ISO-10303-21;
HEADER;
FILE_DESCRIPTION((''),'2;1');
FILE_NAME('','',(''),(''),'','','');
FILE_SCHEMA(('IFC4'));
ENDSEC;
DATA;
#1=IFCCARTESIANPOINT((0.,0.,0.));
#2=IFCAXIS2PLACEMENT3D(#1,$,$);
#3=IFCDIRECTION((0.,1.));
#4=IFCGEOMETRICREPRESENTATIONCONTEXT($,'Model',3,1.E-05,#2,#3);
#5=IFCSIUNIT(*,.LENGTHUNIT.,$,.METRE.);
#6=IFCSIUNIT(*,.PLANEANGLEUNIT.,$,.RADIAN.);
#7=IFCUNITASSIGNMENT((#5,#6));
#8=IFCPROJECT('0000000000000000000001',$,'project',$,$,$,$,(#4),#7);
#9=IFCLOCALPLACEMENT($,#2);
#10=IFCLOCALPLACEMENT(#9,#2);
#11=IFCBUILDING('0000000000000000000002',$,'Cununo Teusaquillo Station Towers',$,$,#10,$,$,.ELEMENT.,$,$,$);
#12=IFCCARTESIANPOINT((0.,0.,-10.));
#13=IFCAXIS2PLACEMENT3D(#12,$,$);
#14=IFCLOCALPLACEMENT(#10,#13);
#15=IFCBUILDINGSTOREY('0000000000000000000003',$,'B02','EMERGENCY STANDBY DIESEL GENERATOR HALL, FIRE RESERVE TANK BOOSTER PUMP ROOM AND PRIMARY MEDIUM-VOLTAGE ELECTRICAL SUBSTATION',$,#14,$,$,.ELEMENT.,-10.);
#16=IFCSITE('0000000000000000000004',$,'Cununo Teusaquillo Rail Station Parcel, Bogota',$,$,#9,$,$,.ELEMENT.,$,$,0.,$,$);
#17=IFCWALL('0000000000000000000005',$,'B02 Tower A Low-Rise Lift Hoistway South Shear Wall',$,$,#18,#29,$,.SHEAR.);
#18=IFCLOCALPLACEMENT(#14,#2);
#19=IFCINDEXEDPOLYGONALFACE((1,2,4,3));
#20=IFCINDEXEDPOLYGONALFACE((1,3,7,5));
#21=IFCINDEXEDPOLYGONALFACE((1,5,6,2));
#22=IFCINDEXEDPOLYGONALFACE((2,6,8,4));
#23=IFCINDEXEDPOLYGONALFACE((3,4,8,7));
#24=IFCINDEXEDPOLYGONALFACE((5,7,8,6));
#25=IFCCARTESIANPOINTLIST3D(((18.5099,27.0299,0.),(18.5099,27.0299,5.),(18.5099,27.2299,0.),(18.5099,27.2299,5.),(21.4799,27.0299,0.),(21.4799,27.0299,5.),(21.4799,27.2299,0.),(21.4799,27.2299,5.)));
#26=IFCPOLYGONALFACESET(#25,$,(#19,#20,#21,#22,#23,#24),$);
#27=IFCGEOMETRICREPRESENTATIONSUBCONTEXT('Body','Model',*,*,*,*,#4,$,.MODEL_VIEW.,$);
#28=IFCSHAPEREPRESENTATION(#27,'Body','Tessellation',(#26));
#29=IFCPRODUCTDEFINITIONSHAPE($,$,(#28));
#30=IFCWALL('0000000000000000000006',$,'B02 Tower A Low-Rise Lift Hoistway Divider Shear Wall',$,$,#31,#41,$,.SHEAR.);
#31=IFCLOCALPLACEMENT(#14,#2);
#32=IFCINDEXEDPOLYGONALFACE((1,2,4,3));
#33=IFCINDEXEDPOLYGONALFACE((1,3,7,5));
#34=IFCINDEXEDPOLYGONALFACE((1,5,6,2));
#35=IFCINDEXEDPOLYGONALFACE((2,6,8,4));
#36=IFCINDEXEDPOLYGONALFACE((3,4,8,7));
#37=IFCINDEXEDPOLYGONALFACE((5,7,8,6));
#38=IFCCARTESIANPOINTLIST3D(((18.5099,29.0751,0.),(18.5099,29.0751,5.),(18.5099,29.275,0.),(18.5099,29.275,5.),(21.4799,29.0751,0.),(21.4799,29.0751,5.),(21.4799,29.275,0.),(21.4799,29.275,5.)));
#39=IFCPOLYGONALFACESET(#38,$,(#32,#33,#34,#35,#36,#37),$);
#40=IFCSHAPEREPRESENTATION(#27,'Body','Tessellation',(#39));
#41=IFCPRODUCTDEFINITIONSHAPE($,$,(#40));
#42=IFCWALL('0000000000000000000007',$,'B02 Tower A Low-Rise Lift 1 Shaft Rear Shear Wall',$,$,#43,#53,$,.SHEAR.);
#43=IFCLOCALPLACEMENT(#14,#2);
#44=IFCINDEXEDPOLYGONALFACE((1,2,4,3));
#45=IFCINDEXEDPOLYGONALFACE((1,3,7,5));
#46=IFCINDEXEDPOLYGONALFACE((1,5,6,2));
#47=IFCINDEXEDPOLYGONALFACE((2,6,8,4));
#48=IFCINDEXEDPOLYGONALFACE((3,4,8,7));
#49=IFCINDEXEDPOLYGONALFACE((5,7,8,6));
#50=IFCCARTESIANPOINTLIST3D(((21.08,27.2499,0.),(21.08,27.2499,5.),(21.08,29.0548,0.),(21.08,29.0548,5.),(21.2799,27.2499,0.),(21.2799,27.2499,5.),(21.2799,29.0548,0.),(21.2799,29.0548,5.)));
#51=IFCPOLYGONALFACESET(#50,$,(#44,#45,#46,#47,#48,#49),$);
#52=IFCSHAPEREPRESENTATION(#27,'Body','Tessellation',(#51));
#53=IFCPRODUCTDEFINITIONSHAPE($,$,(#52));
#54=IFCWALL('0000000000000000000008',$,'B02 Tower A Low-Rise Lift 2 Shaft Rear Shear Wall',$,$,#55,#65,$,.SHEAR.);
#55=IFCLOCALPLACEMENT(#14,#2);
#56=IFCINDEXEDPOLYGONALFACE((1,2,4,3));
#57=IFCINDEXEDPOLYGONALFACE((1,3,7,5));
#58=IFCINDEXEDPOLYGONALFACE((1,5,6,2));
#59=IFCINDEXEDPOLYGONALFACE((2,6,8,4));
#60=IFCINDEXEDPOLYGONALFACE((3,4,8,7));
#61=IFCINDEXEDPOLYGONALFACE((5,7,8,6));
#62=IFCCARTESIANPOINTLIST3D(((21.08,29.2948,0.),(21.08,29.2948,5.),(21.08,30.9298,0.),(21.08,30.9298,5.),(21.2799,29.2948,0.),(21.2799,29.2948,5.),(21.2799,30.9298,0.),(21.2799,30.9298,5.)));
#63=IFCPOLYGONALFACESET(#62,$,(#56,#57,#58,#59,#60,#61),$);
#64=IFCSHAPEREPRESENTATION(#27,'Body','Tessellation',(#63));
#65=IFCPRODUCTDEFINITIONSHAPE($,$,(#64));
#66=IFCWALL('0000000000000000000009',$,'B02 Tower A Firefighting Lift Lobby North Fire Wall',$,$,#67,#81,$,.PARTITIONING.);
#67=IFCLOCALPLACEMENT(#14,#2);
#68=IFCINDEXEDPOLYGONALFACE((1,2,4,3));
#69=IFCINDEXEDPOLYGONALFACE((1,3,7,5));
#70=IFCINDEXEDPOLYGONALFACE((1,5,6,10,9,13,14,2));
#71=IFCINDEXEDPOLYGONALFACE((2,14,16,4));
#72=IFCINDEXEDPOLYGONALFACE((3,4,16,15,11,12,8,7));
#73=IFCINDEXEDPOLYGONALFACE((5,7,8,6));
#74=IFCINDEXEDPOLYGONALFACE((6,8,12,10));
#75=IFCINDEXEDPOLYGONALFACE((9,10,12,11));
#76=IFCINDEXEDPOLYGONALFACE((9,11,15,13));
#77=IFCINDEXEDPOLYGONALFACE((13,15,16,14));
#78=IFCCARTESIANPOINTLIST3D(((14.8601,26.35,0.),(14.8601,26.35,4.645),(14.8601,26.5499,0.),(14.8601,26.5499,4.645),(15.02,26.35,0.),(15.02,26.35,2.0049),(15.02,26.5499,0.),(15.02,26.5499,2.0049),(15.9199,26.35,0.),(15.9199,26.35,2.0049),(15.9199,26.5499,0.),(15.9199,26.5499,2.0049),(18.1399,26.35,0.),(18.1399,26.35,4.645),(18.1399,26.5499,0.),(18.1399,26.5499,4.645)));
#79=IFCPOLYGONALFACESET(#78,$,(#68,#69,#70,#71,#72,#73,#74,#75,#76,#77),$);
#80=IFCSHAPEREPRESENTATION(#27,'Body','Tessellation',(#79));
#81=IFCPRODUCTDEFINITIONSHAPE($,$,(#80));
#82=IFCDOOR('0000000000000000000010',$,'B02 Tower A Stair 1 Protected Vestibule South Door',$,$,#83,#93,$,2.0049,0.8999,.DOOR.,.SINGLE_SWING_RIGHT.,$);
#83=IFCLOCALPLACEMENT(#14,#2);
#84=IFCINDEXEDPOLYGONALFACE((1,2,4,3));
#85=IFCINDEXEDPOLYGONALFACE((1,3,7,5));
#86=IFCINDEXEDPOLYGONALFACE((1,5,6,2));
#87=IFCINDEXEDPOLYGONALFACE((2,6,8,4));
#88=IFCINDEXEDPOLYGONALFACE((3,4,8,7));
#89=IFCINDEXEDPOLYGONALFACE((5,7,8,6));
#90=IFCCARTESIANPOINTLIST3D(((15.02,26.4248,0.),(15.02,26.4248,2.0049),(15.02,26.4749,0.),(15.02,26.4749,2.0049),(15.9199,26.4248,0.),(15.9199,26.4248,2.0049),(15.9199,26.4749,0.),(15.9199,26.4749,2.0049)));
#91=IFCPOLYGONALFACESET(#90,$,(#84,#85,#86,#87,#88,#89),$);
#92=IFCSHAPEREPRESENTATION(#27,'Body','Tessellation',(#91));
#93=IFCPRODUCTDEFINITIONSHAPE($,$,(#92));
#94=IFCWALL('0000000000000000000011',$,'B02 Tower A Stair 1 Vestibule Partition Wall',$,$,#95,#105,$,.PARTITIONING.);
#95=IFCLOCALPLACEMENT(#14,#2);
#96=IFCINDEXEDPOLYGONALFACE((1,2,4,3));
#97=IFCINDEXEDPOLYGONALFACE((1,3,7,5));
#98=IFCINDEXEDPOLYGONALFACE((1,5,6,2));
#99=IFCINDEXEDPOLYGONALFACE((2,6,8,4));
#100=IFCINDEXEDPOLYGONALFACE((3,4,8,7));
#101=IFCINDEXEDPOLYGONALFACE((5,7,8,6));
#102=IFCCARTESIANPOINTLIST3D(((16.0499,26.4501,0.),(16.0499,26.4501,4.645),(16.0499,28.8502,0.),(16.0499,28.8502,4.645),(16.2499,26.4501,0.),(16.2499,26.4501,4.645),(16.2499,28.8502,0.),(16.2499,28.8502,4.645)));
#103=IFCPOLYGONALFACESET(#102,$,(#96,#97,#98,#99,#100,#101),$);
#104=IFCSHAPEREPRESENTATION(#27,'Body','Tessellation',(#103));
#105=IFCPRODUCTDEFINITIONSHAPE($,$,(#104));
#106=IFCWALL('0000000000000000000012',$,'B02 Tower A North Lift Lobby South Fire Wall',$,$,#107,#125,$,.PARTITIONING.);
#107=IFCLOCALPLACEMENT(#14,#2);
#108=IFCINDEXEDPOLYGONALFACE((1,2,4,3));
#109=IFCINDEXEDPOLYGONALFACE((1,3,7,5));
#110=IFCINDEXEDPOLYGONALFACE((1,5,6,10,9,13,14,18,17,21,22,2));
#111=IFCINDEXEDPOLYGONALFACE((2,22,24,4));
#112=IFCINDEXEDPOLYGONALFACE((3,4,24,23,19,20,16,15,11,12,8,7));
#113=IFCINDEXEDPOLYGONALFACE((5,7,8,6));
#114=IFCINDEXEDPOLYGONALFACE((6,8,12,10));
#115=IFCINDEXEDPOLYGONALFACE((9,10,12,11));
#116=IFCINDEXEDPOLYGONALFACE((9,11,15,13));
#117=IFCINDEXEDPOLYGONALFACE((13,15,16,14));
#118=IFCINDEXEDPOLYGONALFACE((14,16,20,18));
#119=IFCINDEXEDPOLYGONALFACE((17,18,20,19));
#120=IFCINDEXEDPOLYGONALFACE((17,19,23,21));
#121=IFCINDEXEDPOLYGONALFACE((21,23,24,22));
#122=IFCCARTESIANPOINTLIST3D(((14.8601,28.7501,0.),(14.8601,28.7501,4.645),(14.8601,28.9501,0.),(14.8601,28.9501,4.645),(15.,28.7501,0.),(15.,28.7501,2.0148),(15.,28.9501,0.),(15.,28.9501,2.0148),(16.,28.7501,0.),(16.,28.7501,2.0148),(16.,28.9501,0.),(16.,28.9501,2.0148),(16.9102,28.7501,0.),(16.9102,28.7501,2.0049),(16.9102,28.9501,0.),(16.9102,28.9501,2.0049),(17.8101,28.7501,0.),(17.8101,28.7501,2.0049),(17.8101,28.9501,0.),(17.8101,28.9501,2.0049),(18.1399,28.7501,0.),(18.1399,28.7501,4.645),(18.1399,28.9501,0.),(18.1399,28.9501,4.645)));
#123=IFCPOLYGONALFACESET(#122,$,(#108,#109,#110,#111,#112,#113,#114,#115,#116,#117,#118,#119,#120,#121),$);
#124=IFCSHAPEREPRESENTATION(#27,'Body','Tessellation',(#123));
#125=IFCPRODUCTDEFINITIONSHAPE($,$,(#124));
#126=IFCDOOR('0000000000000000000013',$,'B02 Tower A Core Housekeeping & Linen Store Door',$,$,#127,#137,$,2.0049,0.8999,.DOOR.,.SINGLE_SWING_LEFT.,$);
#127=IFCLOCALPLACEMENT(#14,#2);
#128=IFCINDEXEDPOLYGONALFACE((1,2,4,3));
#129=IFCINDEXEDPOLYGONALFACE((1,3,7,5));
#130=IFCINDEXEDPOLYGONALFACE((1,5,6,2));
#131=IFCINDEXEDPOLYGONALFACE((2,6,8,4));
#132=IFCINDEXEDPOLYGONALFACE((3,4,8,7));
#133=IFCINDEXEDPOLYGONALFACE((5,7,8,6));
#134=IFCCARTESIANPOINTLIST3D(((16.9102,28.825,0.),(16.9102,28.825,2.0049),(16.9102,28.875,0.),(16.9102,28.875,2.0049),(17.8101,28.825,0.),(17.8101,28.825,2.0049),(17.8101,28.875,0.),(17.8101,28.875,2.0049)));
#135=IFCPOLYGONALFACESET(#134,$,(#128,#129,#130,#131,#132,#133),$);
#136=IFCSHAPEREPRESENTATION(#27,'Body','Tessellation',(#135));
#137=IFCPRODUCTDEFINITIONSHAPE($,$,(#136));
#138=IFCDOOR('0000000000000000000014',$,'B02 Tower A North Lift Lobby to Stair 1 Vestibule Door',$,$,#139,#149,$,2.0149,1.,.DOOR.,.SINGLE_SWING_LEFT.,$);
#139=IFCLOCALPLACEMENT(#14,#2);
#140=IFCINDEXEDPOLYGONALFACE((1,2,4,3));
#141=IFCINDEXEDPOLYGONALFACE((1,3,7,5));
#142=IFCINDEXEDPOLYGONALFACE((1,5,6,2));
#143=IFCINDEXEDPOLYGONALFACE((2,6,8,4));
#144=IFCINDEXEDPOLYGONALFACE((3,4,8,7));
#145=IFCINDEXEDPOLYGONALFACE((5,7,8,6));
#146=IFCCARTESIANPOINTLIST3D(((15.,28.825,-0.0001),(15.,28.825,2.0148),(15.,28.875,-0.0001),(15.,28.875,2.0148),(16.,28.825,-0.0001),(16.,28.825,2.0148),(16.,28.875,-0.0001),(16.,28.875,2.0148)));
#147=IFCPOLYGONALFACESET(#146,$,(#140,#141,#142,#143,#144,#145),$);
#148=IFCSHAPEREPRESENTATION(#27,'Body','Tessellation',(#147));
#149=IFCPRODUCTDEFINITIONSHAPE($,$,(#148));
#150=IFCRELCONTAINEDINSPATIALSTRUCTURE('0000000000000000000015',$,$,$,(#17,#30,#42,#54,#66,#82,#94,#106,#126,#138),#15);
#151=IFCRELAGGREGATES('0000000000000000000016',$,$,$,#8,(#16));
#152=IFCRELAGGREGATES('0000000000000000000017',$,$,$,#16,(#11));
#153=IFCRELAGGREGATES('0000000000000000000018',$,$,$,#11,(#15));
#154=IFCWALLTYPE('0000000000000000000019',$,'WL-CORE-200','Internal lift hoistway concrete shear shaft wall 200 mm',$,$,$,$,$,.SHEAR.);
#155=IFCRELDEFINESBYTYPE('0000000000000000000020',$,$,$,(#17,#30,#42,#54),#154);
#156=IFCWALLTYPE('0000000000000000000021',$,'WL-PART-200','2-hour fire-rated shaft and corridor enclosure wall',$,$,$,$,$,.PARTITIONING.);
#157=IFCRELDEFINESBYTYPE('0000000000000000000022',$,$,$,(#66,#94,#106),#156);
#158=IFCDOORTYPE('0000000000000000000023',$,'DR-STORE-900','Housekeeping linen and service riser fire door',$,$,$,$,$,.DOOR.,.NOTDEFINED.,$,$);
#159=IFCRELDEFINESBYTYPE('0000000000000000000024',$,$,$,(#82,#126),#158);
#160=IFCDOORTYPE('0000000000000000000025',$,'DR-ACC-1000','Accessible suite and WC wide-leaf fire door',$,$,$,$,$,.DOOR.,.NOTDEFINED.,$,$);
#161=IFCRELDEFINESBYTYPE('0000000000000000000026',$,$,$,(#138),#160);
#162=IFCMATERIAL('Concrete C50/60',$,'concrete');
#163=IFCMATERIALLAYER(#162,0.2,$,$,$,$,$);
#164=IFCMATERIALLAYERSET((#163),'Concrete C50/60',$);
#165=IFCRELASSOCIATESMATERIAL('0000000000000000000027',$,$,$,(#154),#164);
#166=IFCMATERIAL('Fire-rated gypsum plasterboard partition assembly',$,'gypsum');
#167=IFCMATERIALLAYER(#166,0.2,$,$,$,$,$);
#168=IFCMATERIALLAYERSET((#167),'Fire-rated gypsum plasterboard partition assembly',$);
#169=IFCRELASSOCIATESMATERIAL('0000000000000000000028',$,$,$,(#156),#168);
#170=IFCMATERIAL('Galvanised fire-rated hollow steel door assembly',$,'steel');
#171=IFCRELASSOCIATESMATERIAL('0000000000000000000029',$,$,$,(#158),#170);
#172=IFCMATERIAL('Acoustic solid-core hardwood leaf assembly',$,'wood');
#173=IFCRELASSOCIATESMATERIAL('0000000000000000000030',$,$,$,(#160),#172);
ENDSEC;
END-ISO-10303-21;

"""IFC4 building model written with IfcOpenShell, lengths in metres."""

from ifc_helpers import new_model, si_unit, direction, frame, frame_2d, origin, place, context, subcontext, project, spatial, rectangle, extrude, source, transform, mapped, material, layer, layer_set, type_object, element, fill, save


model = new_model("IFC4")

# Units and contexts
model_context = context("Model", 3, precision=1e-05, world=origin(), true_north=direction((0.0, 1.0)))
body_context = subcontext(model_context, "Body", "Model", "MODEL_VIEW")
ifc_project = project(units=[si_unit("LENGTHUNIT", "METRE"), si_unit("PLANEANGLEUNIT", "RADIAN")], contexts=[model_context])

# Site, building, storey
site_placement = place(None, origin())
site = spatial("IfcSite", under=ifc_project, at=site_placement, Name="Cununo Teusaquillo Rail Station Parcel, Bogota", CompositionType="ELEMENT", RefElevation=0.0)
building_placement = place(site_placement, origin())
building = spatial("IfcBuilding", under=site, at=building_placement, Name="Cununo Teusaquillo Station Towers", CompositionType="ELEMENT")
storey_placement = place(building_placement, frame((0.0, 0.0, -10.0)))
storey = spatial("IfcBuildingStorey", under=building, at=storey_placement, Name="B02", Description="EMERGENCY STANDBY DIESEL GENERATOR HALL, FIRE RESERVE TANK BOOSTER PUMP ROOM AND PRIMARY MEDIUM-VOLTAGE ELECTRICAL SUBSTATION", CompositionType="ELEMENT", Elevation=-10.0)

# Walls
ifc_material_1 = material(Name="Concrete C50/60", Category="concrete")
ifc_layer_1 = layer(ifc_material_1, 0.2)
ifc_layer_set_1 = layer_set([ifc_layer_1], Name="Concrete C50/60")
wall_type_1 = type_object("IfcWallType", Name="WL-CORE-200", Description="Internal lift hoistway concrete shear shaft wall 200 mm", PredefinedType="SHEAR", material=ifc_layer_set_1)
for number, where, z_axis, x_axis, name in (
    (1, (18.51, 27.1299, 0.0), (0.0, 0.0, 1.0), (1.0, 0.0, 0.0), "B02 Tower A Low-Rise Lift Hoistway South Shear Wall"),
    (2, (18.51, 29.175, 0.0), (0.0, 0.0, 1.0), (1.0, 0.0, 0.0), "B02 Tower A Low-Rise Lift Hoistway Divider Shear Wall"),
):
    element("IfcWall", number, at=place(storey_placement, frame(where, z_axis=z_axis, x_axis=x_axis)), inside=storey, type_object=wall_type_1, Name=name, PredefinedType="SHEAR", context=body_context, shape_type="SweptSolid", body=[
        extrude(rectangle(XDim=2.97, YDim=0.2, at=frame_2d((1.4849, 0.0))), origin(), (0.0, 0.0, 1.0), 5.0),
    ])
wall_1_placement = place(storey_placement, frame((21.1799, 27.25, 0.0), z_axis=(0.0, 0.0, 1.0), x_axis=(0.0, 1.0, 0.0)))
element("IfcWall", 3, at=wall_1_placement, inside=storey, type_object=wall_type_1, Name="B02 Tower A Low-Rise Lift 1 Shaft Rear Shear Wall", PredefinedType="SHEAR", context=body_context, shape_type="SweptSolid", body=[
    extrude(rectangle(XDim=1.8049, YDim=0.2, at=frame_2d((0.9023, 0.0))), origin(), (0.0, 0.0, 1.0), 5.0),
])
wall_2_placement = place(storey_placement, frame((21.1799, 29.2949, 0.0), z_axis=(0.0, 0.0, 1.0), x_axis=(0.0, 1.0, 0.0)))
element("IfcWall", 4, at=wall_2_placement, inside=storey, type_object=wall_type_1, Name="B02 Tower A Low-Rise Lift 2 Shaft Rear Shear Wall", PredefinedType="SHEAR", context=body_context, shape_type="SweptSolid", body=[
    extrude(rectangle(XDim=1.635, YDim=0.2, at=frame_2d((0.8174, 0.0))), origin(), (0.0, 0.0, 1.0), 5.0),
])

# Wall, opening, door
ifc_material_2 = material(Name="Fire-rated gypsum plasterboard partition assembly", Category="gypsum")
ifc_layer_2 = layer(ifc_material_2, 0.2)
ifc_layer_set_2 = layer_set([ifc_layer_2], Name="Fire-rated gypsum plasterboard partition assembly")
wall_type_2 = type_object("IfcWallType", Name="WL-PART-200", Description="2-hour fire-rated shaft and corridor enclosure wall", PredefinedType="PARTITIONING", material=ifc_layer_set_2)
wall_3_placement = place(storey_placement, frame((14.8601, 26.45, 0.0), z_axis=(0.0, 0.0, 1.0), x_axis=(1.0, 0.0, 0.0)))
wall_3 = element("IfcWall", 5, at=wall_3_placement, inside=storey, type_object=wall_type_2, Name="B02 Tower A Firefighting Lift Lobby North Fire Wall", PredefinedType="PARTITIONING", context=body_context, shape_type="SweptSolid", body=[
    extrude(rectangle(XDim=3.2798, YDim=0.2, at=frame_2d((1.6399, 0.0))), origin(), (0.0, 0.0, 1.0), 4.645),
])
shared_shape_1 = source(origin(), body_context, "Body", "SweptSolid", [
    extrude(rectangle(XDim=0.8999, YDim=2.0049, at=frame_2d((0.45, 1.0024))), frame((0.0, 0.1099, 0.0), z_axis=(0.0, -1.0, 0.0), x_axis=(1.0, 0.0, 0.0)), (0.0, 0.0, 1.0), 0.22),
])
opening_1_placement = place(wall_3_placement, frame((0.1599, 0.0, 0.0)))
opening_1 = element("IfcOpeningElement", 6, at=opening_1_placement, cuts=wall_3, PredefinedType="OPENING", context=body_context, shape_type="MappedRepresentation", body=[
    mapped(shared_shape_1, transform((0.0, 0.0, 0.0), x_axis=(1.0, 0.0, 0.0), y_axis=(0.0, 1.0, 0.0), z_axis=(0.0, 0.0, 1.0), scale=1.0)),
])
ifc_material_3 = material(Name="Galvanised fire-rated hollow steel door assembly", Category="steel")
door_type_1 = type_object("IfcDoorType", Name="DR-STORE-900", Description="Housekeeping linen and service riser fire door", OperationType="NOTDEFINED", PredefinedType="DOOR", material=ifc_material_3)
shared_shape_2 = source(origin(), body_context, "Body", "SweptSolid", [
    extrude(rectangle(XDim=0.8999, YDim=2.0049, at=frame_2d((0.45, 1.0024))), frame((0.0, 0.0249, 0.0), z_axis=(0.0, -1.0, 0.0), x_axis=(1.0, 0.0, 0.0)), (0.0, 0.0, 1.0), 0.05),
])
door_1_placement = place(opening_1_placement, origin())
door_1 = element("IfcDoor", 7, at=door_1_placement, inside=storey, type_object=door_type_1, Name="B02 Tower A Stair 1 Protected Vestibule South Door", OperationType="SINGLE_SWING_RIGHT", OverallHeight=2.0049, OverallWidth=0.8999, PredefinedType="DOOR", context=body_context, shape_type="MappedRepresentation", body=[
    mapped(shared_shape_2, transform((0.0, 0.0, 0.0), x_axis=(1.0, 0.0, 0.0), y_axis=(0.0, 1.0, 0.0), z_axis=(0.0, 0.0, 1.0), scale=1.0)),
])
fill(opening_1, door_1)

# Wall
wall_4_placement = place(storey_placement, frame((16.1499, 26.45, 0.0), z_axis=(0.0, 0.0, 1.0), x_axis=(0.0, 1.0, 0.0)))
element("IfcWall", 8, at=wall_4_placement, inside=storey, type_object=wall_type_2, Name="B02 Tower A Stair 1 Vestibule Partition Wall", PredefinedType="PARTITIONING", context=body_context, shape_type="SweptSolid", body=[
    extrude(rectangle(XDim=2.4001, YDim=0.2, at=frame_2d((1.2002, 0.0))), origin(), (0.0, 0.0, 1.0), 4.645),
])

# Wall, openings, doors
wall_5_placement = place(storey_placement, frame((14.8601, 28.8501, 0.0), z_axis=(0.0, 0.0, 1.0), x_axis=(1.0, 0.0, 0.0)))
wall_5 = element("IfcWall", 9, at=wall_5_placement, inside=storey, type_object=wall_type_2, Name="B02 Tower A North Lift Lobby South Fire Wall", PredefinedType="PARTITIONING", context=body_context, shape_type="SweptSolid", body=[
    extrude(rectangle(XDim=3.2798, YDim=0.2, at=frame_2d((1.6399, 0.0))), origin(), (0.0, 0.0, 1.0), 4.645),
])
shared_shape_3 = source(origin(), body_context, "Body", "SweptSolid", [
    extrude(rectangle(XDim=1.0, YDim=2.0149, at=frame_2d((0.5, 1.0073))), frame((0.0, 0.1099, 0.0), z_axis=(0.0, -1.0, 0.0), x_axis=(1.0, 0.0, 0.0)), (0.0, 0.0, 1.0), 0.22),
])
opening_2_placement = place(wall_5_placement, frame((0.1399, 0.0, 0.0)))
opening_2 = element("IfcOpeningElement", 10, at=opening_2_placement, cuts=wall_5, PredefinedType="OPENING", context=body_context, shape_type="MappedRepresentation", body=[
    mapped(shared_shape_3, transform((0.0, 0.0, 0.0), x_axis=(1.0, 0.0, 0.0), y_axis=(0.0, 1.0, 0.0), z_axis=(0.0, 0.0, 1.0), scale=1.0)),
])
opening_3_placement = place(wall_5_placement, frame((2.05, 0.0, 0.0)))
opening_3 = element("IfcOpeningElement", 11, at=opening_3_placement, cuts=wall_5, PredefinedType="OPENING", context=body_context, shape_type="MappedRepresentation", body=[
    mapped(shared_shape_1, transform((0.0, 0.0, 0.0), x_axis=(1.0, 0.0, 0.0), y_axis=(0.0, 1.0, 0.0), z_axis=(0.0, 0.0, 1.0), scale=1.0)),
])
door_2_placement = place(opening_3_placement, origin())
door_2 = element("IfcDoor", 12, at=door_2_placement, inside=storey, type_object=door_type_1, Name="B02 Tower A Core Housekeeping & Linen Store Door", OperationType="SINGLE_SWING_LEFT", OverallHeight=2.0049, OverallWidth=0.8999, PredefinedType="DOOR", context=body_context, shape_type="MappedRepresentation", body=[
    mapped(shared_shape_2, transform((0.0, 0.0, 0.0), x_axis=(1.0, 0.0, 0.0), y_axis=(0.0, 1.0, 0.0), z_axis=(0.0, 0.0, 1.0), scale=1.0)),
])
fill(opening_3, door_2)
ifc_material_4 = material(Name="Acoustic solid-core hardwood leaf assembly", Category="wood")
door_type_2 = type_object("IfcDoorType", Name="DR-ACC-1000", Description="Accessible suite and WC wide-leaf fire door", OperationType="NOTDEFINED", PredefinedType="DOOR", material=ifc_material_4)
shared_shape_4 = source(origin(), body_context, "Body", "SweptSolid", [
    extrude(rectangle(XDim=1.0, YDim=2.0149, at=frame_2d((0.5, 1.0073))), frame((0.0, 0.0249, 0.0), z_axis=(0.0, -1.0, 0.0), x_axis=(1.0, 0.0, 0.0)), (0.0, 0.0, 1.0), 0.05),
])
door_3_placement = place(opening_2_placement, origin())
door_3 = element("IfcDoor", 13, at=door_3_placement, inside=storey, type_object=door_type_2, Name="B02 Tower A North Lift Lobby to Stair 1 Vestibule Door", OperationType="SINGLE_SWING_LEFT", OverallHeight=2.0149, OverallWidth=1.0, PredefinedType="DOOR", context=body_context, shape_type="MappedRepresentation", body=[
    mapped(shared_shape_4, transform((0.0, 0.0, 0.0), x_axis=(1.0, 0.0, 0.0), y_axis=(0.0, 1.0, 0.0), z_axis=(0.0, 0.0, 1.0), scale=1.0)),
])
fill(opening_2, door_3)

save(model, "model.ifc")
